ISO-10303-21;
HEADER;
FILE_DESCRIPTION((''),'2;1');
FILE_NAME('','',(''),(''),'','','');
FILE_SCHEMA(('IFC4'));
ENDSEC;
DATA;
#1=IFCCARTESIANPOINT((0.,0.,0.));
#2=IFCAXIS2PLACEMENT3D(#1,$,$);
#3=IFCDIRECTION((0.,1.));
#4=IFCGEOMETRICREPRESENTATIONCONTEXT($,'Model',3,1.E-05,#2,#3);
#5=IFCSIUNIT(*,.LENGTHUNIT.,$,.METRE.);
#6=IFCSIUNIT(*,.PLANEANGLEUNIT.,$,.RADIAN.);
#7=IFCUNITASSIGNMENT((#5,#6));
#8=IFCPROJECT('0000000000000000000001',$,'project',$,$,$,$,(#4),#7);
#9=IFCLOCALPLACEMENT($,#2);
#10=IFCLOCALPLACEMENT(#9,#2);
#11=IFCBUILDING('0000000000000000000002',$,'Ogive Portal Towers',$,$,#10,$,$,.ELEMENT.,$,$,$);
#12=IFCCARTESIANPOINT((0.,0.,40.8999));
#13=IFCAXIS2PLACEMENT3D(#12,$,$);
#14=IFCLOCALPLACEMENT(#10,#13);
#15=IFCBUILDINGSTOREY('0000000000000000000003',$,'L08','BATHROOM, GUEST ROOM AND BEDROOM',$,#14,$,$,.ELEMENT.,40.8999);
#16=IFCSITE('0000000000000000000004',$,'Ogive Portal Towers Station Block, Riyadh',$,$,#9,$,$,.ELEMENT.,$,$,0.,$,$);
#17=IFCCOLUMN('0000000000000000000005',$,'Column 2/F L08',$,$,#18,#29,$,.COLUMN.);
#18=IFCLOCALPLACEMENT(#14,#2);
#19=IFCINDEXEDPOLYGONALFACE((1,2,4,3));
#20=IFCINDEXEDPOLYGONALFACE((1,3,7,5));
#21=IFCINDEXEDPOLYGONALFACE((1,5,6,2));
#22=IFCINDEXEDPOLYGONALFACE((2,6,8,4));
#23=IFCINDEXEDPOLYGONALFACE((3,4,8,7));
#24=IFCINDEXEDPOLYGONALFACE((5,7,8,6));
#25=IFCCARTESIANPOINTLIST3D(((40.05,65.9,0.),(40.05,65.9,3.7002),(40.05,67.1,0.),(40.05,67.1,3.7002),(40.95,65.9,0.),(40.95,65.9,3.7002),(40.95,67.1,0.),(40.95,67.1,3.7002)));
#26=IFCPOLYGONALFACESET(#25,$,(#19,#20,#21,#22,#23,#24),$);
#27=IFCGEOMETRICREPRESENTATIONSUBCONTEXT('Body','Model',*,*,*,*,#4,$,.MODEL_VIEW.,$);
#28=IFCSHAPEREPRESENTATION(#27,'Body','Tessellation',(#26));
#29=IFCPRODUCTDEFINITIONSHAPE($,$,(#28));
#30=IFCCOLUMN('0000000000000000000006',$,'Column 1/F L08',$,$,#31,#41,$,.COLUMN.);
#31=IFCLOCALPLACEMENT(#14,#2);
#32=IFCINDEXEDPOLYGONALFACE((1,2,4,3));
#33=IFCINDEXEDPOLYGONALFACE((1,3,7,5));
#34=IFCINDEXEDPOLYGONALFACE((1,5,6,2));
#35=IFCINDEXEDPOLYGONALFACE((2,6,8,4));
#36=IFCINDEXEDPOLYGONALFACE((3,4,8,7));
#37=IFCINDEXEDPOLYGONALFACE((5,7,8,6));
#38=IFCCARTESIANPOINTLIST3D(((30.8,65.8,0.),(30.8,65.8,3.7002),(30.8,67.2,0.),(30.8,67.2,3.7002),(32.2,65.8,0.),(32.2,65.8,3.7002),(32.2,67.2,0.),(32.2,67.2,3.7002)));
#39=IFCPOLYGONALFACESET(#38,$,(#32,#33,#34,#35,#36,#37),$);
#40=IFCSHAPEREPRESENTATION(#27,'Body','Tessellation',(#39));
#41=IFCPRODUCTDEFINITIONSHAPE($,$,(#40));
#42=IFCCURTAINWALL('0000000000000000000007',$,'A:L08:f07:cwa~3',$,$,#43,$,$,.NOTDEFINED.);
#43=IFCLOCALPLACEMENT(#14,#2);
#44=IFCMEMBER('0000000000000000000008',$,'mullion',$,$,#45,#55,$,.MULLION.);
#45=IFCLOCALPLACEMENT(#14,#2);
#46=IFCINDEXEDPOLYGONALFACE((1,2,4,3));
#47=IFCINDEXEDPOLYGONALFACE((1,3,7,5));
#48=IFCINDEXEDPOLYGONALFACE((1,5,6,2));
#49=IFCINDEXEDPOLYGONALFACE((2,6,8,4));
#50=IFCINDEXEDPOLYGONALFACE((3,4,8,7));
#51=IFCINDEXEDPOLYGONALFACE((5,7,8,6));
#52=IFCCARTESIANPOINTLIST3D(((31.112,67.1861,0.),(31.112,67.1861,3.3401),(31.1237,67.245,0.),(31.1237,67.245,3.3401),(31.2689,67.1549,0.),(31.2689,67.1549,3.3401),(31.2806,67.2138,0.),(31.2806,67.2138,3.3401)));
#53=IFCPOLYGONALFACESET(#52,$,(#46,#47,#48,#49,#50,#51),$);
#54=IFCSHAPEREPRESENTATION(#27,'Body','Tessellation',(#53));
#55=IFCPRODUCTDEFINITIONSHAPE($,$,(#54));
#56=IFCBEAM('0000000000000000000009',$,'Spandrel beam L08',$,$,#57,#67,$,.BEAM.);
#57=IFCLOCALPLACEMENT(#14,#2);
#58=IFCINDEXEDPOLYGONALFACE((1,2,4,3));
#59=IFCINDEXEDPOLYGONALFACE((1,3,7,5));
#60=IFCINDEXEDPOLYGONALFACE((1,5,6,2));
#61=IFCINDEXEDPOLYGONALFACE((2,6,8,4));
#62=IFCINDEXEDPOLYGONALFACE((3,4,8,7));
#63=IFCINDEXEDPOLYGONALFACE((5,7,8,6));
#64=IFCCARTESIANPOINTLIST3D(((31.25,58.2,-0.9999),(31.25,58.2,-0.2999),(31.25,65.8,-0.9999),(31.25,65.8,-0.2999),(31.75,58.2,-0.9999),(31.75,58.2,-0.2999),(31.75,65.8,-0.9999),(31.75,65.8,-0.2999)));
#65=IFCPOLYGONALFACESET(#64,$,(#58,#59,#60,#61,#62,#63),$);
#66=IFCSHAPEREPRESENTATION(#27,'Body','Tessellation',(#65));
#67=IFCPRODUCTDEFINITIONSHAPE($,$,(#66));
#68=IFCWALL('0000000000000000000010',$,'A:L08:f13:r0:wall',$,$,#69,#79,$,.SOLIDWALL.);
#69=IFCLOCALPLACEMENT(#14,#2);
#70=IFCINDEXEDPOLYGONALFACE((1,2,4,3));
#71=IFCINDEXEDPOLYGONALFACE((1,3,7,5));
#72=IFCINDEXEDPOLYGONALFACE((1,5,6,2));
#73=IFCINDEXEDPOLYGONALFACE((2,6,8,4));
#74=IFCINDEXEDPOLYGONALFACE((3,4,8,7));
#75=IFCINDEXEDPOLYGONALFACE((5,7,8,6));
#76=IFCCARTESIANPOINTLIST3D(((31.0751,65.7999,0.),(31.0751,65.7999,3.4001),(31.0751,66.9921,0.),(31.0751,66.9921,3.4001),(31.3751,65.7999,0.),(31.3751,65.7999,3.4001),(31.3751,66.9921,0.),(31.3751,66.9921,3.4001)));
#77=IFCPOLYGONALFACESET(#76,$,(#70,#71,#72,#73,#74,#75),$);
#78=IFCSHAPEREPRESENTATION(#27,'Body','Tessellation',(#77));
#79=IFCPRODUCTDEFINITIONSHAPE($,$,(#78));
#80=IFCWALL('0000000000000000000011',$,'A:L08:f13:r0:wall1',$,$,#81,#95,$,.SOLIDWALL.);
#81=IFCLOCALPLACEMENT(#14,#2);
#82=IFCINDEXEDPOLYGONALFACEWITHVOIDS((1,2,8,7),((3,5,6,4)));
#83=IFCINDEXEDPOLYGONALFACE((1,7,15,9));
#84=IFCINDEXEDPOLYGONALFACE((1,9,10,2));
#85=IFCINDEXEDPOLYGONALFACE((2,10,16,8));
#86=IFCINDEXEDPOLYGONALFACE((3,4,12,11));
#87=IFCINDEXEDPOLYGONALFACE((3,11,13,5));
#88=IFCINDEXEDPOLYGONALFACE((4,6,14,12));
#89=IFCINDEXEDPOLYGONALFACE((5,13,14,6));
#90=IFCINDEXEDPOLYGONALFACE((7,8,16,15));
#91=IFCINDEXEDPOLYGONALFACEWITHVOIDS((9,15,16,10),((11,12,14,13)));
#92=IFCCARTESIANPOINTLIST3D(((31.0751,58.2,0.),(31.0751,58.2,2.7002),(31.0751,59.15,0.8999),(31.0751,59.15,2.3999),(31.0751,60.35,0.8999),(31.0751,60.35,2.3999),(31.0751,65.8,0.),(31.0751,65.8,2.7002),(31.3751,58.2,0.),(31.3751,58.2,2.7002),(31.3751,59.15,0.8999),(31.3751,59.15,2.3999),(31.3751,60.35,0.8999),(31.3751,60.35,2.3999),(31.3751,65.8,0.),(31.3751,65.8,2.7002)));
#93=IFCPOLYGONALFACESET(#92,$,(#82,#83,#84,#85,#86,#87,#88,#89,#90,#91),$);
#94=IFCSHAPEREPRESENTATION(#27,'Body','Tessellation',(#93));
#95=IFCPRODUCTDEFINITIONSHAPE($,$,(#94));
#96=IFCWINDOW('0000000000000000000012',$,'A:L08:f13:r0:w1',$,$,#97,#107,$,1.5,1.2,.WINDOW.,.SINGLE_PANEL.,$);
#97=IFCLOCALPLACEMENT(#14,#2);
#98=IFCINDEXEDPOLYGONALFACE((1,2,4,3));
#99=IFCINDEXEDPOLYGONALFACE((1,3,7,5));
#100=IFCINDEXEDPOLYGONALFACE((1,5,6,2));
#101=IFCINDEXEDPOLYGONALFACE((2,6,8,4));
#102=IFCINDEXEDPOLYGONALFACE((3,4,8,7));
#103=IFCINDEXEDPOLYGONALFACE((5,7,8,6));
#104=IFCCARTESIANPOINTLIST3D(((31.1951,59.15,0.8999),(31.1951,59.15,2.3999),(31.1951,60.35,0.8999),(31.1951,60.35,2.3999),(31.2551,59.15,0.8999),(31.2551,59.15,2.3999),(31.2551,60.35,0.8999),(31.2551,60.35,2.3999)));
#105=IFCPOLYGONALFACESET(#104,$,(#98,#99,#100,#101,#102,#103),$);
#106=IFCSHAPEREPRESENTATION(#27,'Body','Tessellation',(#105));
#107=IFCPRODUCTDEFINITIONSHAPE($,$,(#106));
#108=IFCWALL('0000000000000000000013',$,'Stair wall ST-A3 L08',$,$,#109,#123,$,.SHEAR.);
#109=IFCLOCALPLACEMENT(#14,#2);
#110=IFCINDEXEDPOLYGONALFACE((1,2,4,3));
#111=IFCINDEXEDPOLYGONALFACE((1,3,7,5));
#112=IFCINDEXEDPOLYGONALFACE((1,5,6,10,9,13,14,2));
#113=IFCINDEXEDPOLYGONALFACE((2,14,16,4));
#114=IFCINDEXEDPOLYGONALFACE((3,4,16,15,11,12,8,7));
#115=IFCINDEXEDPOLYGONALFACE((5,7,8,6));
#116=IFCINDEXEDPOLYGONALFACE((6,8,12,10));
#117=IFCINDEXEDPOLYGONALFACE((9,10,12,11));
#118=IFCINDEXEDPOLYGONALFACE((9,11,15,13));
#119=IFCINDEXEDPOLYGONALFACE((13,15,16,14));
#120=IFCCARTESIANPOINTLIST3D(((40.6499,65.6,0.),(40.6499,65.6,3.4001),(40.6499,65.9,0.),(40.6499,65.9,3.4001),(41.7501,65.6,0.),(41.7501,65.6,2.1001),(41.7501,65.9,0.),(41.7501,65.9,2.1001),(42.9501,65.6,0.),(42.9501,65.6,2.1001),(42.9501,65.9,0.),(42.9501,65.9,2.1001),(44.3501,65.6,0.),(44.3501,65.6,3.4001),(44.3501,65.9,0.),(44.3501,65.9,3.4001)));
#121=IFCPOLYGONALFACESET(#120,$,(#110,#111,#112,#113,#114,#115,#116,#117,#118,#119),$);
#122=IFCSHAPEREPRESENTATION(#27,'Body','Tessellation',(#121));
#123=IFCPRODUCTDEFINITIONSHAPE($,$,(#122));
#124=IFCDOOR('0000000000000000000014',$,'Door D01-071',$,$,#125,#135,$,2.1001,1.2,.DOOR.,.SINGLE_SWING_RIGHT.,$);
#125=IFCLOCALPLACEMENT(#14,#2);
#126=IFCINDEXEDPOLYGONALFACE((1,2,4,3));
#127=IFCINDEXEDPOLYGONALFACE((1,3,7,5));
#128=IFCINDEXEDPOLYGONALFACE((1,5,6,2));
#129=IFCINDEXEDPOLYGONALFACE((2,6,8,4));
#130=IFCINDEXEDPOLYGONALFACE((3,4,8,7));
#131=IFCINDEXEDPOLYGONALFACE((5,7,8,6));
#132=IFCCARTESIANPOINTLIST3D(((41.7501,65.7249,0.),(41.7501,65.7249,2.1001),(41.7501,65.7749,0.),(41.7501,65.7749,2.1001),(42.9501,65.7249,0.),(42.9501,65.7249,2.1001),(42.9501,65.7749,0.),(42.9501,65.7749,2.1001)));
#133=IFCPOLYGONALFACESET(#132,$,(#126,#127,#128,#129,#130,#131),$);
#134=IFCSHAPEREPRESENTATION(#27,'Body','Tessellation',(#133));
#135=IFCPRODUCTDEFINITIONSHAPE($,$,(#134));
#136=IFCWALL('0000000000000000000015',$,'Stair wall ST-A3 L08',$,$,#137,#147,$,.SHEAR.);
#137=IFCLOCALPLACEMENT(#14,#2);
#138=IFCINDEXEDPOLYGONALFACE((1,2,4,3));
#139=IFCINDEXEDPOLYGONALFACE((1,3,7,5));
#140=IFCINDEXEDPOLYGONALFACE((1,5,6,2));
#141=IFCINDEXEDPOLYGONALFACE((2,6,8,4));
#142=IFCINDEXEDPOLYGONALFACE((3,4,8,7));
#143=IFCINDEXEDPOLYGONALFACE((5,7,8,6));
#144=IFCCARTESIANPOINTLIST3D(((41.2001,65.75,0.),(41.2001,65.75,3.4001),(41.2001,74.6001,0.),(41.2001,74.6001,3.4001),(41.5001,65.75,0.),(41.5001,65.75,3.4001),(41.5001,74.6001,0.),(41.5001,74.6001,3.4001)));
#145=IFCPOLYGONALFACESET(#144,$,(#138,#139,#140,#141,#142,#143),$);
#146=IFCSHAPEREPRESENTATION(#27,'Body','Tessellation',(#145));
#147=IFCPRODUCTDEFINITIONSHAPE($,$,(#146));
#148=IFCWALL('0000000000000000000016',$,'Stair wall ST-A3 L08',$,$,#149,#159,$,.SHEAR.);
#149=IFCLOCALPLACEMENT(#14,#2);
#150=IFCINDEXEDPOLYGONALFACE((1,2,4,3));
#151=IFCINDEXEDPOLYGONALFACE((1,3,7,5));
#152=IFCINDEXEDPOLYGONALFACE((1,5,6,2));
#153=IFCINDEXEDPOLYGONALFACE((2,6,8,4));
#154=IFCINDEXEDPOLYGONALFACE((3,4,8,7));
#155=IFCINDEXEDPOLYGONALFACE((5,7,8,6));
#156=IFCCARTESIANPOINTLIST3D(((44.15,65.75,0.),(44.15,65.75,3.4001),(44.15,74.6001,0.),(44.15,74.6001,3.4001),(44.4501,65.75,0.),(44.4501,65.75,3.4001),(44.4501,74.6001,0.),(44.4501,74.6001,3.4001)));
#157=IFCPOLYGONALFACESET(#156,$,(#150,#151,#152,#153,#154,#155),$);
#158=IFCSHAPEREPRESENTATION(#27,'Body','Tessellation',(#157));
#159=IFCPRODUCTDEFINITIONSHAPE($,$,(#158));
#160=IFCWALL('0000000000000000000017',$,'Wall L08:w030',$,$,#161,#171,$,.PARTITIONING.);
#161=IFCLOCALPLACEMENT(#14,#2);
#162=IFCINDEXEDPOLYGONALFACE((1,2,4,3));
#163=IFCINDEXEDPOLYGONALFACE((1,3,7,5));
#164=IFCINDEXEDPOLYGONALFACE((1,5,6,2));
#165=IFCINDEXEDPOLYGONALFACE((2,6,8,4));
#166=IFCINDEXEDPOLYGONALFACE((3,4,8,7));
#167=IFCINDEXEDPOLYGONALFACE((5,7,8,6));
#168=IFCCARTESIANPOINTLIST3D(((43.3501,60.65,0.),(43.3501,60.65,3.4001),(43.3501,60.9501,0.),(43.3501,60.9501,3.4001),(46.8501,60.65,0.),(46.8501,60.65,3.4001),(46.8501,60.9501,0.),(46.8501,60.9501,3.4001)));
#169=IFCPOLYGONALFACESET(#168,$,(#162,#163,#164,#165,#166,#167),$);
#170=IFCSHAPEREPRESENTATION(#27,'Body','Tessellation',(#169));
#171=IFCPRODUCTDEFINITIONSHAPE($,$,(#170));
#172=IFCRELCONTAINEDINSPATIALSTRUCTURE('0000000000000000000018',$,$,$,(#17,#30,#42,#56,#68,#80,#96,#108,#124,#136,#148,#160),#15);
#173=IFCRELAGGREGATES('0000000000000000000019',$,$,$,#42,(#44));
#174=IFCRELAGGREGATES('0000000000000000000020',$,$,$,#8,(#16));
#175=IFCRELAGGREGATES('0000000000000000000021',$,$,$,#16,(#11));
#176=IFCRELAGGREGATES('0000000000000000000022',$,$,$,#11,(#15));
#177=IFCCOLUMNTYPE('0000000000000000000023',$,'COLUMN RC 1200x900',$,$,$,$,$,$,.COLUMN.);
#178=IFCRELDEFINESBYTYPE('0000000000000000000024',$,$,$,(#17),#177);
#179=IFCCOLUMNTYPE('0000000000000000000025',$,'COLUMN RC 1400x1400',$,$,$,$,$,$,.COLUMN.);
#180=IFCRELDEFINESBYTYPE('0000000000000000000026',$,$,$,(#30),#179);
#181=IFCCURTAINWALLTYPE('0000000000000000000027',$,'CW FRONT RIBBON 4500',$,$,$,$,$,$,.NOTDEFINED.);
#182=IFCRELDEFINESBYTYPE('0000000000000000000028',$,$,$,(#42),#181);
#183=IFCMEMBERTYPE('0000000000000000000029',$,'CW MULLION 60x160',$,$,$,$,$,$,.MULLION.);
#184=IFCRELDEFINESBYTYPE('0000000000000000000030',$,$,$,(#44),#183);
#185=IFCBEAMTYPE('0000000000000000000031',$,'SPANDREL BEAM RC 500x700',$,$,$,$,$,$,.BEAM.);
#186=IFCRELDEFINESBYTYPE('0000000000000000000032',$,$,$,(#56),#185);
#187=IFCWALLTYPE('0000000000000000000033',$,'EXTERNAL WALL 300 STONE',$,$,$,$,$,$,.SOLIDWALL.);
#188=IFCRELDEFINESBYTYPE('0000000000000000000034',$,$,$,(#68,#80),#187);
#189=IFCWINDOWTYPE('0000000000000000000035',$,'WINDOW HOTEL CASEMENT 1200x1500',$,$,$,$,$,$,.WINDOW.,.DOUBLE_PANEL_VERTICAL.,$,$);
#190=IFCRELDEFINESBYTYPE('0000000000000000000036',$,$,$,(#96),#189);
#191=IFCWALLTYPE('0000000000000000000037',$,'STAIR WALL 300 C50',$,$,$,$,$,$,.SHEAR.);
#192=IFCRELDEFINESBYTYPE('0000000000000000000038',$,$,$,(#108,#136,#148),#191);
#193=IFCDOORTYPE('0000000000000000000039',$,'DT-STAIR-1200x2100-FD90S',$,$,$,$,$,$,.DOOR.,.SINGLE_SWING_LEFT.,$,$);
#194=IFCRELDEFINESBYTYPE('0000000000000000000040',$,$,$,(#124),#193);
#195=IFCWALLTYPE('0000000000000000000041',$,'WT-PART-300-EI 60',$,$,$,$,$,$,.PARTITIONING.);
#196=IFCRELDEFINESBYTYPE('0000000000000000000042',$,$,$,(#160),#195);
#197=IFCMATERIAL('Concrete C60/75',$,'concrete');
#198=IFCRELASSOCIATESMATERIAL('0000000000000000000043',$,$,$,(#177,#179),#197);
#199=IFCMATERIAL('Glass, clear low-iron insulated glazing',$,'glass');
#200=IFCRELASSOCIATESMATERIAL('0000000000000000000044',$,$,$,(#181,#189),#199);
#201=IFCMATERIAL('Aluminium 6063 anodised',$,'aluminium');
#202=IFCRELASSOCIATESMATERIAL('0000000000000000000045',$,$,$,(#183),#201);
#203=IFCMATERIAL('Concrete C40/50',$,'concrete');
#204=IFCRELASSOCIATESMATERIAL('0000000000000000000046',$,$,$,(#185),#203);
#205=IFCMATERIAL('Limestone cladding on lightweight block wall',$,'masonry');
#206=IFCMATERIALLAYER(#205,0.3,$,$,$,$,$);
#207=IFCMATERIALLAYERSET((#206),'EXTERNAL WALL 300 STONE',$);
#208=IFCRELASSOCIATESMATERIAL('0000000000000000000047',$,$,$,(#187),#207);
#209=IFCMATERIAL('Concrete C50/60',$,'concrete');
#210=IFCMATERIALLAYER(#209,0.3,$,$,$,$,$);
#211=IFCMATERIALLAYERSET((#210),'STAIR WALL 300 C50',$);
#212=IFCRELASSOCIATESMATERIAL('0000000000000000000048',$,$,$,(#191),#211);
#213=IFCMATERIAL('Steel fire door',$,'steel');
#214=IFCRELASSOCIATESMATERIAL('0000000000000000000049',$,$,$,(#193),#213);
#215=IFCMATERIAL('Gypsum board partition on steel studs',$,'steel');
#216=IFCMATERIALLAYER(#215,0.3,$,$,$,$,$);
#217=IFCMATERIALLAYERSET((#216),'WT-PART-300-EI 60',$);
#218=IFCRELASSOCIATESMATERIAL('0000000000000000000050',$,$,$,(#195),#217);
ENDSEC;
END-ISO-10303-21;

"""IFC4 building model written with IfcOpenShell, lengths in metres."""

from ifc_helpers import new_model, si_unit, direction, frame, frame_2d, origin, origin_2d, place, context, subcontext, project, spatial, rectangle, extrude, material, layer, layer_set, material_profile, profile_set, type_object, element, fill, aggregate, save


model = new_model("IFC4")

# Units and contexts
model_context = context("Model", 3, precision=1e-05, world=origin(), true_north=direction((0.0, 1.0)))
body_context = subcontext(model_context, "Body", "Model", "MODEL_VIEW")
ifc_project = project(units=[si_unit("LENGTHUNIT", "METRE"), si_unit("PLANEANGLEUNIT", "RADIAN")], contexts=[model_context])

# Site, building, storey
site_placement = place(None, origin())
site = spatial("IfcSite", under=ifc_project, at=site_placement, Name="Ogive Portal Towers Station Block, Riyadh", CompositionType="ELEMENT", RefElevation=0.0)
building_placement = place(site_placement, origin())
building = spatial("IfcBuilding", under=site, at=building_placement, Name="Ogive Portal Towers", CompositionType="ELEMENT")
storey_placement = place(building_placement, frame((0.0, 0.0, 40.8999)))
storey = spatial("IfcBuildingStorey", under=building, at=storey_placement, Name="L08", Description="BATHROOM, GUEST ROOM AND BEDROOM", CompositionType="ELEMENT", Elevation=40.8999)

# Columns
ifc_material_1 = material(Name="Concrete C60/75", Category="concrete")
ifc_material_profile_1 = material_profile(ifc_material_1, rectangle(XDim=1.2, YDim=0.8999, at=origin_2d()), Name="RC 1200x900")
ifc_profile_set_1 = profile_set([ifc_material_profile_1], Name="Concrete C60/75")
column_type_1 = type_object("IfcColumnType", Name="COLUMN RC 1200x900", PredefinedType="COLUMN", material=ifc_profile_set_1)
column_1_placement = place(storey_placement, frame((40.5, 66.5, 0.0), z_axis=(0.0, 0.0, 1.0), x_axis=(0.0, 1.0, 0.0)))
element("IfcColumn", 1, at=column_1_placement, inside=storey, type_object=column_type_1, Name="Column 2/F L08", PredefinedType="COLUMN", context=body_context, shape_type="SweptSolid", body=[
    extrude(rectangle(XDim=1.2, YDim=0.8999, at=origin_2d()), origin(), (0.0, 0.0, 1.0), 3.7002),
])
ifc_material_profile_2 = material_profile(ifc_material_1, rectangle(XDim=1.3999, YDim=1.3999, at=origin_2d()), Name="RC 1400x1400")
ifc_profile_set_2 = profile_set([ifc_material_profile_2], Name="Concrete C60/75")
column_type_2 = type_object("IfcColumnType", Name="COLUMN RC 1400x1400", PredefinedType="COLUMN", material=ifc_profile_set_2)
column_2_placement = place(storey_placement, frame((31.5, 66.5, 0.0), z_axis=(0.0, 0.0, 1.0), x_axis=(1.0, 0.0, 0.0)))
element("IfcColumn", 2, at=column_2_placement, inside=storey, type_object=column_type_2, Name="Column 1/F L08", PredefinedType="COLUMN", context=body_context, shape_type="SweptSolid", body=[
    extrude(rectangle(XDim=1.3999, YDim=1.3999, at=origin_2d()), origin(), (0.0, 0.0, 1.0), 3.7002),
])

# Curtain wall, member
ifc_material_2 = material(Name="Glass, clear low-iron insulated glazing", Category="glass")
curtain_wall_type = type_object("IfcCurtainWallType", Name="CW FRONT RIBBON 4500", PredefinedType="NOTDEFINED", material=ifc_material_2)
curtain_wall_placement = place(storey_placement, origin())
curtain_wall = element("IfcCurtainWall", 3, at=curtain_wall_placement, inside=storey, type_object=curtain_wall_type, Name="A:L08:f07:cwa~3", PredefinedType="NOTDEFINED")
ifc_material_3 = material(Name="Aluminium 6063 anodised", Category="aluminium")
ifc_material_profile_3 = material_profile(ifc_material_3, rectangle(XDim=0.1599, YDim=0.0601, at=origin_2d()), Name="AL 60x160")
ifc_profile_set_3 = profile_set([ifc_material_profile_3], Name="Aluminium 6063 anodised")
member_type = type_object("IfcMemberType", Name="CW MULLION 60x160", PredefinedType="MULLION", material=ifc_profile_set_3)
member_placement = place(storey_placement, frame((31.1963, 67.2, 0.0), z_axis=(0.0, 0.0, 1.0), x_axis=(0.980785, -0.19509, 0.0)))
member = element("IfcMember", 4, at=member_placement, type_object=member_type, Name="mullion", PredefinedType="MULLION", context=body_context, shape_type="SweptSolid", body=[
    extrude(rectangle(XDim=0.1599, YDim=0.0601, at=origin_2d()), origin(), (0.0, 0.0, 1.0), 3.3401),
])
aggregate(curtain_wall, [member])

# Beam
ifc_material_4 = material(Name="Concrete C40/50", Category="concrete")
ifc_material_profile_4 = material_profile(ifc_material_4, rectangle(XDim=0.5, YDim=0.7, at=origin_2d()), Name="RC 500x700")
ifc_profile_set_4 = profile_set([ifc_material_profile_4], Name="Concrete C40/50")
beam_type = type_object("IfcBeamType", Name="SPANDREL BEAM RC 500x700", PredefinedType="BEAM", material=ifc_profile_set_4)
beam_placement = place(storey_placement, frame((31.5, 58.2, -0.6499), z_axis=(0.0, 1.0, 0.0), x_axis=(-1.0, 0.0, 0.0)))
element("IfcBeam", 5, at=beam_placement, inside=storey, type_object=beam_type, Name="Spandrel beam L08", PredefinedType="BEAM", context=body_context, shape_type="SweptSolid", body=[
    extrude(rectangle(XDim=0.5, YDim=0.7, at=origin_2d()), origin(), (0.0, 0.0, 1.0), 7.6001),
])

# Wall
ifc_material_5 = material(Name="Limestone cladding on lightweight block wall", Category="masonry")
ifc_layer_1 = layer(ifc_material_5, 0.3)
ifc_layer_set_1 = layer_set([ifc_layer_1], Name="EXTERNAL WALL 300 STONE")
wall_type_1 = type_object("IfcWallType", Name="EXTERNAL WALL 300 STONE", PredefinedType="SOLIDWALL", material=ifc_layer_set_1)
wall_1_placement = place(storey_placement, frame((31.2251, 66.9922, 0.0), z_axis=(0.0, 0.0, 1.0), x_axis=(0.0, -1.0, 0.0)))
element("IfcWall", 6, at=wall_1_placement, inside=storey, type_object=wall_type_1, Name="A:L08:f13:r0:wall", PredefinedType="SOLIDWALL", context=body_context, shape_type="SweptSolid", body=[
    extrude(rectangle(XDim=1.1921, YDim=0.3, at=frame_2d((0.5962, 0.0))), origin(), (0.0, 0.0, 1.0), 3.4001),
])

# Wall, opening, window
wall_2_placement = place(storey_placement, frame((31.2251, 65.8, 0.0), z_axis=(0.0, 0.0, 1.0), x_axis=(0.0, -1.0, 0.0)))
wall_2 = element("IfcWall", 7, at=wall_2_placement, inside=storey, type_object=wall_type_1, Name="A:L08:f13:r0:wall1", PredefinedType="SOLIDWALL", context=body_context, shape_type="SweptSolid", body=[
    extrude(rectangle(XDim=7.6001, YDim=0.3, at=frame_2d((3.8, 0.0))), origin(), (0.0, 0.0, 1.0), 2.7002),
])
opening_1_placement = place(wall_2_placement, frame((5.45, 0.0, 0.8999)))
opening_1 = element("IfcOpeningElement", 8, at=opening_1_placement, cuts=wall_2, PredefinedType="OPENING", context=body_context, shape_type="SweptSolid", body=[
    extrude(rectangle(XDim=1.2, YDim=1.5, at=frame_2d((0.6001, 0.75))), frame((0.0, 0.1602, 0.0), z_axis=(0.0, -1.0, 0.0), x_axis=(1.0, 0.0, 0.0)), (0.0, 0.0, 1.0), 0.3201),
])
window_type = type_object("IfcWindowType", Name="WINDOW HOTEL CASEMENT 1200x1500", PartitioningType="DOUBLE_PANEL_VERTICAL", PredefinedType="WINDOW", material=ifc_material_2)
window_placement = place(opening_1_placement, origin())
window = element("IfcWindow", 9, at=window_placement, inside=storey, type_object=window_type, Name="A:L08:f13:r0:w1", OverallHeight=1.5, OverallWidth=1.2, PartitioningType="SINGLE_PANEL", PredefinedType="WINDOW", context=body_context, shape_type="SweptSolid", body=[
    extrude(rectangle(XDim=1.2, YDim=1.5, at=frame_2d((0.6001, 0.75))), frame((0.0, 0.03, 0.0), z_axis=(0.0, -1.0, 0.0), x_axis=(1.0, 0.0, 0.0)), (0.0, 0.0, 1.0), 0.0601),
])
fill(opening_1, window)

# Wall, opening, door
ifc_material_6 = material(Name="Concrete C50/60", Category="concrete")
ifc_layer_2 = layer(ifc_material_6, 0.3)
ifc_layer_set_2 = layer_set([ifc_layer_2], Name="STAIR WALL 300 C50")
wall_type_2 = type_object("IfcWallType", Name="STAIR WALL 300 C50", PredefinedType="SHEAR", material=ifc_layer_set_2)
wall_3_placement = place(storey_placement, frame((40.6499, 65.75, 0.0), z_axis=(0.0, 0.0, 1.0), x_axis=(1.0, 0.0, 0.0)))
wall_3 = element("IfcWall", 10, at=wall_3_placement, inside=storey, type_object=wall_type_2, Name="Stair wall ST-A3 L08", PredefinedType="SHEAR", context=body_context, shape_type="SweptSolid", body=[
    extrude(rectangle(XDim=3.7002, YDim=0.3, at=frame_2d((1.8501, 0.0))), origin(), (0.0, 0.0, 1.0), 3.4001),
])
opening_2_placement = place(wall_3_placement, frame((1.1001, 0.0, 0.0)))
opening_2 = element("IfcOpeningElement", 11, at=opening_2_placement, cuts=wall_3, PredefinedType="OPENING", context=body_context, shape_type="SweptSolid", body=[
    extrude(rectangle(XDim=1.2, YDim=2.1001, at=frame_2d((0.6001, 1.05))), frame((0.0, 0.1602, 0.0), z_axis=(0.0, -1.0, 0.0), x_axis=(1.0, 0.0, 0.0)), (0.0, 0.0, 1.0), 0.3201),
])
ifc_material_7 = material(Name="Steel fire door", Category="steel")
door_type_1 = type_object("IfcDoorType", Name="DT-STAIR-1200x2100-FD90S", OperationType="SINGLE_SWING_LEFT", PredefinedType="DOOR", material=ifc_material_7)
door_1_placement = place(opening_2_placement, origin())
door_1 = element("IfcDoor", 12, at=door_1_placement, inside=storey, type_object=door_type_1, Name="Door D01-071", OperationType="SINGLE_SWING_RIGHT", OverallHeight=2.1001, OverallWidth=1.2, PredefinedType="DOOR", context=body_context, shape_type="SweptSolid", body=[
    extrude(rectangle(XDim=1.2, YDim=2.1001, at=frame_2d((0.6001, 1.05))), frame((0.0, 0.0249, 0.0), z_axis=(0.0, -1.0, 0.0), x_axis=(1.0, 0.0, 0.0)), (0.0, 0.0, 1.0), 0.05),
])
fill(opening_2, door_1)

# Walls
for number, where, z_axis, x_axis, name in (
    (13, (41.3501, 65.75, 0.0), (0.0, 0.0, 1.0), (0.0, 1.0, 0.0), "Stair wall ST-A3 L08"),
    (14, (44.3, 65.75, 0.0), (0.0, 0.0, 1.0), (0.0, 1.0, 0.0), "Stair wall ST-A3 L08"),
):
    element("IfcWall", number, at=place(storey_placement, frame(where, z_axis=z_axis, x_axis=x_axis)), inside=storey, type_object=wall_type_2, Name=name, PredefinedType="SHEAR", context=body_context, shape_type="SweptSolid", body=[
        extrude(rectangle(XDim=8.8501, YDim=0.3, at=frame_2d((4.425, 0.0))), origin(), (0.0, 0.0, 1.0), 3.4001),
    ])
ifc_material_8 = material(Name="Gypsum board partition on steel studs", Category="steel")
ifc_layer_3 = layer(ifc_material_8, 0.3)
ifc_layer_set_3 = layer_set([ifc_layer_3], Name="WT-PART-300-EI 60")
wall_type_3 = type_object("IfcWallType", Name="WT-PART-300-EI 60", PredefinedType="PARTITIONING", material=ifc_layer_set_3)
wall_4_placement = place(storey_placement, frame((43.3501, 60.8, 0.0), z_axis=(0.0, 0.0, 1.0), x_axis=(1.0, 0.0, 0.0)))
element("IfcWall", 15, at=wall_4_placement, inside=storey, type_object=wall_type_3, Name="Wall L08:w030", PredefinedType="PARTITIONING", context=body_context, shape_type="SweptSolid", body=[
    extrude(rectangle(XDim=3.5, YDim=0.3, at=frame_2d((1.75, 0.0))), origin(), (0.0, 0.0, 1.0), 3.4001),
])

save(model, "model.ifc")
